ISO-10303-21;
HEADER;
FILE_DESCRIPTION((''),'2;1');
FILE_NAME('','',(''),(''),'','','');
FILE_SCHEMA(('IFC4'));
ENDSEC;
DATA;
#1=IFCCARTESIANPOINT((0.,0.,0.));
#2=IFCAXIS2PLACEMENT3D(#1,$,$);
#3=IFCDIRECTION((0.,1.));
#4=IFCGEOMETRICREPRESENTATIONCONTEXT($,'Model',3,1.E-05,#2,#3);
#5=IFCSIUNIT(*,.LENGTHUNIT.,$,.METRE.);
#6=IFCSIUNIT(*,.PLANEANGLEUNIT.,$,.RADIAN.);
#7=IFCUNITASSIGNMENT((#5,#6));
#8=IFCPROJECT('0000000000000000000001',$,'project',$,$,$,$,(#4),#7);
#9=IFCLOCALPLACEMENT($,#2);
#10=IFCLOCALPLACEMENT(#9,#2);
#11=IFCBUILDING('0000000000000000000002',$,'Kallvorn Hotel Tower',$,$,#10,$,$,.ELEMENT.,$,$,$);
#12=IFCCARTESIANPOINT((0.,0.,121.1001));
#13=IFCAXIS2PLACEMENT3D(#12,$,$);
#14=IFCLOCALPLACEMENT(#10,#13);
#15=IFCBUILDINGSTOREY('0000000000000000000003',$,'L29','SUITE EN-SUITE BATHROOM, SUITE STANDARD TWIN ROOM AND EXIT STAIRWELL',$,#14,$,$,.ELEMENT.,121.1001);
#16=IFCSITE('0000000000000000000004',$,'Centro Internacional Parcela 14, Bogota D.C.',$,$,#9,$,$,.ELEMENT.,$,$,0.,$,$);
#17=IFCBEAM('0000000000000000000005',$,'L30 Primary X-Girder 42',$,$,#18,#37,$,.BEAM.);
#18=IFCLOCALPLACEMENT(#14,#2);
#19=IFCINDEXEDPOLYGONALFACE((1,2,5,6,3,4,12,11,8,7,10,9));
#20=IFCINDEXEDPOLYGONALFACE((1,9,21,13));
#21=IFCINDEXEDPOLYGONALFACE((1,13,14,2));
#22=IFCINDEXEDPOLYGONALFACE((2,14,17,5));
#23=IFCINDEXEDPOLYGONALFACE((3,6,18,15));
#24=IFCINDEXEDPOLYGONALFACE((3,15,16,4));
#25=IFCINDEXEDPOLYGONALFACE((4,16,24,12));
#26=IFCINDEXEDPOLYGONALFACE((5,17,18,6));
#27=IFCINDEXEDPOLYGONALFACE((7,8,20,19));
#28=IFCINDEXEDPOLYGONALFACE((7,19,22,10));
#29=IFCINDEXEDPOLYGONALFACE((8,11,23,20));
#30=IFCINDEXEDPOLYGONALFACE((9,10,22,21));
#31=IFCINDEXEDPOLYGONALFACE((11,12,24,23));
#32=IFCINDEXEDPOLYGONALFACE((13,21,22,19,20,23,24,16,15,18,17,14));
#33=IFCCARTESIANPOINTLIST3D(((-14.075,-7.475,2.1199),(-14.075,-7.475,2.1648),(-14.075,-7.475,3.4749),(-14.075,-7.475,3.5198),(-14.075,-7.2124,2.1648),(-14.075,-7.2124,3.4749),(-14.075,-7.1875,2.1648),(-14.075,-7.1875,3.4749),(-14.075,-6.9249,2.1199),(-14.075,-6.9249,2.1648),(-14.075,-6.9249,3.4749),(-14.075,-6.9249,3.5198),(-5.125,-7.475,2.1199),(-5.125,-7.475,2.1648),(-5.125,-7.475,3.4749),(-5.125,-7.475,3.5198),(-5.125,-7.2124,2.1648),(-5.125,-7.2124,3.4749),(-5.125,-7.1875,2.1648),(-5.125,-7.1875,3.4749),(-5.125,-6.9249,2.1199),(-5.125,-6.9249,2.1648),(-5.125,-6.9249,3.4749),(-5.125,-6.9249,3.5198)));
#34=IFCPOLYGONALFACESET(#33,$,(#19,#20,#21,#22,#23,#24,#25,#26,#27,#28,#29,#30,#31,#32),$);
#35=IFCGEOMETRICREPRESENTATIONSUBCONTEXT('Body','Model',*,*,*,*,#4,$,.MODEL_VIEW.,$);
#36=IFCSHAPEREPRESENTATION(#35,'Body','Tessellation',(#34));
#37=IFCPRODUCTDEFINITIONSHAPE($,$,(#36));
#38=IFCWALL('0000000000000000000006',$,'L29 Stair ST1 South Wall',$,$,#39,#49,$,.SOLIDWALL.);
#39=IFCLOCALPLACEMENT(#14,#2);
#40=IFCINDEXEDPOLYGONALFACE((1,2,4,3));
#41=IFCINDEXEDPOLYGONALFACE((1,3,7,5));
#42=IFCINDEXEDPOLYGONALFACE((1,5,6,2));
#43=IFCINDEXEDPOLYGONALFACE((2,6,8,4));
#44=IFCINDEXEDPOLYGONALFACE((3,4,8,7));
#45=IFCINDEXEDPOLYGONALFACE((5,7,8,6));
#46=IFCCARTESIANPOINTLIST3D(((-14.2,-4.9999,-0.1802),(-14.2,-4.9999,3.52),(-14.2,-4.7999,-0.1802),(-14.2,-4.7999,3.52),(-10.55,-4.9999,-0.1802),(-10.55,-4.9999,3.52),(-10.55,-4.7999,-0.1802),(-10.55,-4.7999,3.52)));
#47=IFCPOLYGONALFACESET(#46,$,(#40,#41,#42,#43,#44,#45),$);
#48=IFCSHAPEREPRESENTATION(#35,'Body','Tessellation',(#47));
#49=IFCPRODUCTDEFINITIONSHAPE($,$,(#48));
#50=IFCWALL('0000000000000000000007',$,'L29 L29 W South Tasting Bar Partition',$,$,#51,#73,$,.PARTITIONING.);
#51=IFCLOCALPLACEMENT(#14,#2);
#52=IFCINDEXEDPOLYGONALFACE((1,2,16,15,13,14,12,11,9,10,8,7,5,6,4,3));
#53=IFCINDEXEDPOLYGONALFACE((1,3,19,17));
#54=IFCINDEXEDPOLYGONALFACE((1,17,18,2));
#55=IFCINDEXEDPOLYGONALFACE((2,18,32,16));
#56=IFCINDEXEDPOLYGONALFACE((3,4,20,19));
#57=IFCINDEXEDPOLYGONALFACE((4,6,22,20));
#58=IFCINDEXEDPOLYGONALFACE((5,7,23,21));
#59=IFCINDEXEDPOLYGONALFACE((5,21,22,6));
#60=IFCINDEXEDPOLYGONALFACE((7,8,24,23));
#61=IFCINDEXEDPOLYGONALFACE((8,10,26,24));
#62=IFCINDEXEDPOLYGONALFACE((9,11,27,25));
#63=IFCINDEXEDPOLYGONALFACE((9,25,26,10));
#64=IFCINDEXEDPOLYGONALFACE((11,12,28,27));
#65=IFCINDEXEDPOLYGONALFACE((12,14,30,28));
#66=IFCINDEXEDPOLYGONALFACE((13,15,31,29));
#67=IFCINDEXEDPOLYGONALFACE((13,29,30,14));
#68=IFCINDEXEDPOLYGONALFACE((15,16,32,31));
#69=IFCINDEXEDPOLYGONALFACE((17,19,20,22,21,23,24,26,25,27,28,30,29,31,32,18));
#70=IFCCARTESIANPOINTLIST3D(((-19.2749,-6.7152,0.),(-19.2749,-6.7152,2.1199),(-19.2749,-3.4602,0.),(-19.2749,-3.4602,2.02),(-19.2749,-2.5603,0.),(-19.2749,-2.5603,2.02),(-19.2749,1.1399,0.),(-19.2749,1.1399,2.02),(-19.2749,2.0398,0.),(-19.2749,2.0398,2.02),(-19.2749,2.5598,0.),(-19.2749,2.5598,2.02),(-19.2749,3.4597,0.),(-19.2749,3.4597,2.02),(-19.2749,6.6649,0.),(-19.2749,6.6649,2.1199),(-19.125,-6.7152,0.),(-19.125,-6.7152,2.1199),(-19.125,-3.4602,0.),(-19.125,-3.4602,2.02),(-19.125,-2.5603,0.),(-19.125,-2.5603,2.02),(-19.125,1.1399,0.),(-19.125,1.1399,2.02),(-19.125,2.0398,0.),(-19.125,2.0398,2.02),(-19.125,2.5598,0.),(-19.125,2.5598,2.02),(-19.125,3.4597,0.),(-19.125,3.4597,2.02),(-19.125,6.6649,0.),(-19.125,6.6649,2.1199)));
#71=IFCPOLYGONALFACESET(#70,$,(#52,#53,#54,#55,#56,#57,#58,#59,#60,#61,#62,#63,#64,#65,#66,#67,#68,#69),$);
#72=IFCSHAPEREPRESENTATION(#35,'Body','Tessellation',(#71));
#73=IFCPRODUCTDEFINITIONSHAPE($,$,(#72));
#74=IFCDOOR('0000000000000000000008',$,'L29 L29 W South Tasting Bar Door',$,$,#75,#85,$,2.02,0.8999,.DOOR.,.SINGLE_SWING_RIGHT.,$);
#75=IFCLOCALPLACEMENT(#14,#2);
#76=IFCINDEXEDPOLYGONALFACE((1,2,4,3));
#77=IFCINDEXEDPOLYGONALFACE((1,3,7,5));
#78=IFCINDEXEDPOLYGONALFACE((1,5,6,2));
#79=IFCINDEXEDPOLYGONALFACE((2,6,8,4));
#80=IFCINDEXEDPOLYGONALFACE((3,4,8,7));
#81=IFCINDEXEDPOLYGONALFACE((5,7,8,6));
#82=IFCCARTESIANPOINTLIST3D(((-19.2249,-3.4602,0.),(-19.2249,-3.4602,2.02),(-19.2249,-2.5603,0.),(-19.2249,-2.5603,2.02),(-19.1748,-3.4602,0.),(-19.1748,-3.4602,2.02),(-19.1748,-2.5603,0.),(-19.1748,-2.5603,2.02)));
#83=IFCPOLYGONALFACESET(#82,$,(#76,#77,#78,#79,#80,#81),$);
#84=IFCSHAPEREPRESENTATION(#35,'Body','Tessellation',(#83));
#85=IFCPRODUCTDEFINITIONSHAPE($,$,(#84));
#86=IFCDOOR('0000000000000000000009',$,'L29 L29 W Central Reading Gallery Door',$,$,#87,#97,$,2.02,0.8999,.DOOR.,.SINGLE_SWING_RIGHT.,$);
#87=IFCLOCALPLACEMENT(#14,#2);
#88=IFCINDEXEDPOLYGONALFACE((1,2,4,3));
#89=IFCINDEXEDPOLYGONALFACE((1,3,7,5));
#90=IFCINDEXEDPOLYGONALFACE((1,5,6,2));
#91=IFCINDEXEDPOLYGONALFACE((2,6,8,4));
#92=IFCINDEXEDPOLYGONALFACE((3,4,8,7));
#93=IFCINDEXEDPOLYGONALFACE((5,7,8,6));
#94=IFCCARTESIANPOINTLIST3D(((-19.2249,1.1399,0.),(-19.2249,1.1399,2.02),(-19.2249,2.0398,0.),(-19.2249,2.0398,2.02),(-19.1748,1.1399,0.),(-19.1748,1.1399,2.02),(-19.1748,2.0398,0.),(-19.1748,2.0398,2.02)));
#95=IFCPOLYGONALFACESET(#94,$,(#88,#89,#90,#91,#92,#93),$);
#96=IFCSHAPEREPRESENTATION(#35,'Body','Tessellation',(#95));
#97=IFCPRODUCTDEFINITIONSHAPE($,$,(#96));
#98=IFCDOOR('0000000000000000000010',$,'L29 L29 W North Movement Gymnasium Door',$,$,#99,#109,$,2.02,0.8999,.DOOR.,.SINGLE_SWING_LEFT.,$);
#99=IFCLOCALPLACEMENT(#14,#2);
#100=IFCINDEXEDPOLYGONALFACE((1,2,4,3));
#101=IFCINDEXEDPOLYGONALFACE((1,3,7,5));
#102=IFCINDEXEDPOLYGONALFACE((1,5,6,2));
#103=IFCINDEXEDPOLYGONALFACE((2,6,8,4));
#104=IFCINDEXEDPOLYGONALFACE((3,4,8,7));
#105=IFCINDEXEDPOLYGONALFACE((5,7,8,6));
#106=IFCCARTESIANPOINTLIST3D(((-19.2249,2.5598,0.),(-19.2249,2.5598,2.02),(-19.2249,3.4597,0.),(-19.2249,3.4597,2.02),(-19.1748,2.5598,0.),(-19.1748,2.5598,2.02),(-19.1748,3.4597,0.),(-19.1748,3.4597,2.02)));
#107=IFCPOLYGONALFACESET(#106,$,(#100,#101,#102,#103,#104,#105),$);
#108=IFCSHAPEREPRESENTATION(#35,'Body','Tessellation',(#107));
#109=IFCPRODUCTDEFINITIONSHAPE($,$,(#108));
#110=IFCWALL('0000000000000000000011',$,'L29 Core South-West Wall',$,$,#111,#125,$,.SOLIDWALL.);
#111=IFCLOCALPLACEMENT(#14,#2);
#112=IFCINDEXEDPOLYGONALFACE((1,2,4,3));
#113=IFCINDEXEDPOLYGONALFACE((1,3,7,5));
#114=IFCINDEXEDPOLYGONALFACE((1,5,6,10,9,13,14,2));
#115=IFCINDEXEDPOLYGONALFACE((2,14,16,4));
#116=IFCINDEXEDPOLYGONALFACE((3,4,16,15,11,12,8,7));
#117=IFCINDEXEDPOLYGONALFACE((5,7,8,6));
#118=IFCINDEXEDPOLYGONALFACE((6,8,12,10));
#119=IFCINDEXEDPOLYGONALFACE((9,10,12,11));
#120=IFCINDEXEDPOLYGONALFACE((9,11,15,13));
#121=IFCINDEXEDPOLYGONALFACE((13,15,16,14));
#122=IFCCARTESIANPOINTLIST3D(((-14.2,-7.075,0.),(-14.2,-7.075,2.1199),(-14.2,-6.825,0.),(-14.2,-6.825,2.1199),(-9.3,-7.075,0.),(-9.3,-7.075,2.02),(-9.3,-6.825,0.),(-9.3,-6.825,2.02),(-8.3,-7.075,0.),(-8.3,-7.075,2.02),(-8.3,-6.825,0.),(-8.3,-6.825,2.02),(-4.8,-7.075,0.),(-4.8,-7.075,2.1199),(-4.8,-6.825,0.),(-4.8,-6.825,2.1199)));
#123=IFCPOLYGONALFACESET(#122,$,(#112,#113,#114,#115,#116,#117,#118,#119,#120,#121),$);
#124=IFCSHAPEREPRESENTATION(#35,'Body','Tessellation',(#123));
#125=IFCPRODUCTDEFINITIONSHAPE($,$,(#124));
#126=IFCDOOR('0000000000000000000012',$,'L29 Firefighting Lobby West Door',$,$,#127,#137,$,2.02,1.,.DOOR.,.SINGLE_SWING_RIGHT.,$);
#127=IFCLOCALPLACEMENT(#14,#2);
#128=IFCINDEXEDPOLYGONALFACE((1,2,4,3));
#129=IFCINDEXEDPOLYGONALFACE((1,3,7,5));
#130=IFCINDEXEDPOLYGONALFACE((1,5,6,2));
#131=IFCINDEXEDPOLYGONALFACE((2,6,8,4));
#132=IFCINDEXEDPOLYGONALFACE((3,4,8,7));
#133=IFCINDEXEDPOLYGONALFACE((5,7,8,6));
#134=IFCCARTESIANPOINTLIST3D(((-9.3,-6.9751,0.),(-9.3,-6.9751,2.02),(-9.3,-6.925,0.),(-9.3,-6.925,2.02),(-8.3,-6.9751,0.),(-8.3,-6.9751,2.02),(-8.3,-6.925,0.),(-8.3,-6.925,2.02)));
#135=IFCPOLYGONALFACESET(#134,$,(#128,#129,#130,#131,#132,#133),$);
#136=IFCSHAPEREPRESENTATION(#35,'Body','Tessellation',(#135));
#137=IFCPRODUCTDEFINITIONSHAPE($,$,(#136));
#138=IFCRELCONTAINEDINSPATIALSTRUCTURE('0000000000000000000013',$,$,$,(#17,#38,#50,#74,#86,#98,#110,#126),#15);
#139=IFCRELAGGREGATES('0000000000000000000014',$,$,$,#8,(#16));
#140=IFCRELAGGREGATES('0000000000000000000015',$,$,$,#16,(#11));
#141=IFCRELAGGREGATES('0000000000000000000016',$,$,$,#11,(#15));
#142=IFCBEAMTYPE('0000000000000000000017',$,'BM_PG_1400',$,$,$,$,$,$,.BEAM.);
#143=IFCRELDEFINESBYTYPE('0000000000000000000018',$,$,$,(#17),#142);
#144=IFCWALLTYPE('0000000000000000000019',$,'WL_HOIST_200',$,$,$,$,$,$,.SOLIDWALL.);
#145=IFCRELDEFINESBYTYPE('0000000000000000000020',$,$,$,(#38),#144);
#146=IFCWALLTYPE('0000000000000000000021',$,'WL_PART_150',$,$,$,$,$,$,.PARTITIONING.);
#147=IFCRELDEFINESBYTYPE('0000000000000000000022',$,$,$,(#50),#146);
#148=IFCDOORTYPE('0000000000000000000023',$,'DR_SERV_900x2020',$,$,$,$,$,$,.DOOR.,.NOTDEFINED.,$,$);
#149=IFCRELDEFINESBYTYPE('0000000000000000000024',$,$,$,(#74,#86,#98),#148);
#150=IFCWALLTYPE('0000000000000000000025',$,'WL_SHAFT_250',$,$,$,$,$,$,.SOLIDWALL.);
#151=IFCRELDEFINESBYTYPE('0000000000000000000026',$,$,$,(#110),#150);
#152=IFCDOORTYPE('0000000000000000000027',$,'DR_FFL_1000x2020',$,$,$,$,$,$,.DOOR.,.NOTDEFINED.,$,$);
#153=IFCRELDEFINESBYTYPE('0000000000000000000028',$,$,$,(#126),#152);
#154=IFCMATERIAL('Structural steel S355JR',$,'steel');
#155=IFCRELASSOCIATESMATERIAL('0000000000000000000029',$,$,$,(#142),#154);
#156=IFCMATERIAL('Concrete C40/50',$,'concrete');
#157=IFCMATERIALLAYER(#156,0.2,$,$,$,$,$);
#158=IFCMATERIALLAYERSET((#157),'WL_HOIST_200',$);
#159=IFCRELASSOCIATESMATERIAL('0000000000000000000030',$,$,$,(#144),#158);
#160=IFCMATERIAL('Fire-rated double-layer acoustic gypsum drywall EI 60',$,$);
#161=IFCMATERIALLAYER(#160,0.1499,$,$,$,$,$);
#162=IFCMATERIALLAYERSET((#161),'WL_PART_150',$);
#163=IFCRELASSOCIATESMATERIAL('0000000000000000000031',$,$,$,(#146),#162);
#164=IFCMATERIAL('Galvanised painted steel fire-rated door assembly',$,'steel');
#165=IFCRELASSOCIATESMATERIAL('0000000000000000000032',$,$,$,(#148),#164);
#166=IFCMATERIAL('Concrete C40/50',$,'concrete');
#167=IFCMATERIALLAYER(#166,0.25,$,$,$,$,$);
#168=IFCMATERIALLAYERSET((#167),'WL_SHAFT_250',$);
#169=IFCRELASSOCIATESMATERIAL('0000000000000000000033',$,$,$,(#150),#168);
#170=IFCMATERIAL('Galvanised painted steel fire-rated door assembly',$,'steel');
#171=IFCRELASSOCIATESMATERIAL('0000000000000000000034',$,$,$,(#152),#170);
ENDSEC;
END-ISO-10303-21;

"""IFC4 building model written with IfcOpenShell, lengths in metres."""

from ifc_helpers import new_model, si_unit, direction, frame, frame_2d, origin, origin_2d, place, context, subcontext, project, spatial, rectangle, i_section, extrude, material, layer, layer_set, material_profile, profile_set, type_object, element, fill, save


model = new_model("IFC4")

# Units and contexts
model_context = context("Model", 3, precision=1e-05, world=origin(), true_north=direction((0.0, 1.0)))
body_context = subcontext(model_context, "Body", "Model", "MODEL_VIEW")
ifc_project = project(units=[si_unit("LENGTHUNIT", "METRE"), si_unit("PLANEANGLEUNIT", "RADIAN")], contexts=[model_context])

# Site, building, storey
site_placement = place(None, origin())
site = spatial("IfcSite", under=ifc_project, at=site_placement, Name="Centro Internacional Parcela 14, Bogota D.C.", CompositionType="ELEMENT", RefElevation=0.0)
building_placement = place(site_placement, origin())
building = spatial("IfcBuilding", under=site, at=building_placement, Name="Kallvorn Hotel Tower", CompositionType="ELEMENT")
storey_placement = place(building_placement, frame((0.0, 0.0, 121.1001)))
storey = spatial("IfcBuildingStorey", under=building, at=storey_placement, Name="L29", Description="SUITE EN-SUITE BATHROOM, SUITE STANDARD TWIN ROOM AND EXIT STAIRWELL", CompositionType="ELEMENT", Elevation=121.1001)

# Beam
ifc_material_1 = material(Name="Structural steel S355JR", Category="steel")
ifc_material_profile_1 = material_profile(ifc_material_1, i_section(OverallWidth=0.55, OverallDepth=1.3999, WebThickness=0.0249, FlangeThickness=0.0449, at=origin_2d()), Name="PG 1400x550x25x45")
ifc_profile_set_1 = profile_set([ifc_material_profile_1], Name="Structural steel S355JR")
beam_type_1 = type_object("IfcBeamType", Name="BM_PG_1400", PredefinedType="BEAM", material=ifc_profile_set_1)
beam_placement = place(storey_placement, frame((-14.075, -7.2, 2.8198), z_axis=(1.0, 0.0, 0.0), x_axis=(0.0, 1.0, 0.0)))
element("IfcBeam", 1, at=beam_placement, inside=storey, type_object=beam_type_1, Name="L30 Primary X-Girder 42", PredefinedType="BEAM", context=body_context, shape_type="SweptSolid", body=[
    extrude(i_section(OverallWidth=0.55, OverallDepth=1.3999, WebThickness=0.0249, FlangeThickness=0.0449, at=origin_2d()), origin(), (0.0, 0.0, 1.0), 8.95),
])

# Wall
ifc_material_2 = material(Name="Concrete C40/50", Category="concrete")
ifc_layer_1 = layer(ifc_material_2, 0.2)
ifc_layer_set_1 = layer_set([ifc_layer_1], Name="WL_HOIST_200")
wall_type_1 = type_object("IfcWallType", Name="WL_HOIST_200", PredefinedType="SOLIDWALL", material=ifc_layer_set_1)
wall_1_placement = place(storey_placement, frame((-14.2, -4.8999, -0.1802), z_axis=(0.0, 0.0, 1.0), x_axis=(1.0, 0.0, 0.0)))
element("IfcWall", 2, at=wall_1_placement, inside=storey, type_object=wall_type_1, Name="L29 Stair ST1 South Wall", PredefinedType="SOLIDWALL", context=body_context, shape_type="SweptSolid", body=[
    extrude(rectangle(XDim=3.6499, YDim=0.2, at=frame_2d((1.825, 0.0))), origin(), (0.0, 0.0, 1.0), 3.7002),
])

# Wall, openings, doors
ifc_material_3 = material(Name="Fire-rated double-layer acoustic gypsum drywall EI 60")
ifc_layer_2 = layer(ifc_material_3, 0.1499)
ifc_layer_set_2 = layer_set([ifc_layer_2], Name="WL_PART_150")
wall_type_2 = type_object("IfcWallType", Name="WL_PART_150", PredefinedType="PARTITIONING", material=ifc_layer_set_2)
wall_2_placement = place(storey_placement, frame((-19.2, -6.7151, 0.0), z_axis=(0.0, 0.0, 1.0), x_axis=(0.0, 1.0, 0.0)))
wall_2 = element("IfcWall", 3, at=wall_2_placement, inside=storey, type_object=wall_type_2, Name="L29 L29 W South Tasting Bar Partition", PredefinedType="PARTITIONING", context=body_context, shape_type="SweptSolid", body=[
    extrude(rectangle(XDim=13.3801, YDim=0.1499, at=frame_2d((6.6899, 0.0))), origin(), (0.0, 0.0, 1.0), 2.1199),
])
opening_1_placement = place(wall_2_placement, frame((3.2549, 0.0, 0.0)))
opening_1 = element("IfcOpeningElement", 4, at=opening_1_placement, cuts=wall_2, PredefinedType="OPENING", context=body_context, shape_type="SweptSolid", body=[
    extrude(rectangle(XDim=0.8999, YDim=2.02, at=frame_2d((0.45, 1.01))), frame((0.0, 0.0898, 0.0), z_axis=(0.0, -1.0, 0.0), x_axis=(1.0, 0.0, 0.0)), (0.0, 0.0, 1.0), 0.1799),
])
opening_2_placement = place(wall_2_placement, frame((7.855, 0.0, 0.0)))
opening_2 = element("IfcOpeningElement", 5, at=opening_2_placement, cuts=wall_2, PredefinedType="OPENING", context=body_context, shape_type="SweptSolid", body=[
    extrude(rectangle(XDim=0.8999, YDim=2.02, at=frame_2d((0.45, 1.01))), frame((0.0, 0.0898, 0.0), z_axis=(0.0, -1.0, 0.0), x_axis=(1.0, 0.0, 0.0)), (0.0, 0.0, 1.0), 0.1799),
])
opening_3_placement = place(wall_2_placement, frame((9.2749, 0.0, 0.0)))
opening_3 = element("IfcOpeningElement", 6, at=opening_3_placement, cuts=wall_2, PredefinedType="OPENING", context=body_context, shape_type="SweptSolid", body=[
    extrude(rectangle(XDim=0.8999, YDim=2.02, at=frame_2d((0.45, 1.01))), frame((0.0, 0.0898, 0.0), z_axis=(0.0, -1.0, 0.0), x_axis=(1.0, 0.0, 0.0)), (0.0, 0.0, 1.0), 0.1799),
])
ifc_material_4 = material(Name="Galvanised painted steel fire-rated door assembly", Category="steel")
door_type_1 = type_object("IfcDoorType", Name="DR_SERV_900x2020", OperationType="NOTDEFINED", PredefinedType="DOOR", material=ifc_material_4)
door_1_placement = place(opening_1_placement, origin())
door_1 = element("IfcDoor", 7, at=door_1_placement, inside=storey, type_object=door_type_1, Name="L29 L29 W South Tasting Bar Door", OperationType="SINGLE_SWING_RIGHT", OverallHeight=2.02, OverallWidth=0.8999, PredefinedType="DOOR", context=body_context, shape_type="SweptSolid", body=[
    extrude(rectangle(XDim=0.8999, YDim=2.02, at=frame_2d((0.45, 1.01))), frame((0.0, 0.0249, 0.0), z_axis=(0.0, -1.0, 0.0), x_axis=(1.0, 0.0, 0.0)), (0.0, 0.0, 1.0), 0.05),
])
fill(opening_1, door_1)
door_2_placement = place(opening_2_placement, origin())
door_2 = element("IfcDoor", 8, at=door_2_placement, inside=storey, type_object=door_type_1, Name="L29 L29 W Central Reading Gallery Door", OperationType="SINGLE_SWING_RIGHT", OverallHeight=2.02, OverallWidth=0.8999, PredefinedType="DOOR", context=body_context, shape_type="SweptSolid", body=[
    extrude(rectangle(XDim=0.8999, YDim=2.02, at=frame_2d((0.45, 1.01))), frame((0.0, 0.0249, 0.0), z_axis=(0.0, -1.0, 0.0), x_axis=(1.0, 0.0, 0.0)), (0.0, 0.0, 1.0), 0.05),
])
fill(opening_2, door_2)
door_3_placement = place(opening_3_placement, origin())
door_3 = element("IfcDoor", 9, at=door_3_placement, inside=storey, type_object=door_type_1, Name="L29 L29 W North Movement Gymnasium Door", OperationType="SINGLE_SWING_LEFT", OverallHeight=2.02, OverallWidth=0.8999, PredefinedType="DOOR", context=body_context, shape_type="SweptSolid", body=[
    extrude(rectangle(XDim=0.8999, YDim=2.02, at=frame_2d((0.45, 1.01))), frame((0.0, 0.0249, 0.0), z_axis=(0.0, -1.0, 0.0), x_axis=(1.0, 0.0, 0.0)), (0.0, 0.0, 1.0), 0.05),
])
fill(opening_3, door_3)

# Wall, opening, door
ifc_material_5 = material(Name="Concrete C40/50", Category="concrete")
ifc_layer_3 = layer(ifc_material_5, 0.25)
ifc_layer_set_3 = layer_set([ifc_layer_3], Name="WL_SHAFT_250")
wall_type_3 = type_object("IfcWallType", Name="WL_SHAFT_250", PredefinedType="SOLIDWALL", material=ifc_layer_set_3)
wall_3_placement = place(storey_placement, frame((-14.2, -6.95, 0.0), z_axis=(0.0, 0.0, 1.0), x_axis=(1.0, 0.0, 0.0)))
wall_3 = element("IfcWall", 10, at=wall_3_placement, inside=storey, type_object=wall_type_3, Name="L29 Core South-West Wall", PredefinedType="SOLIDWALL", context=body_context, shape_type="SweptSolid", body=[
    extrude(rectangle(XDim=9.3999, YDim=0.25, at=frame_2d((4.7, 0.0))), origin(), (0.0, 0.0, 1.0), 2.1199),
])
opening_4_placement = place(wall_3_placement, frame((4.8999, 0.0, 0.0)))
opening_4 = element("IfcOpeningElement", 11, at=opening_4_placement, cuts=wall_3, PredefinedType="OPENING", context=body_context, shape_type="SweptSolid", body=[
    extrude(rectangle(XDim=1.0, YDim=2.02, at=frame_2d((0.5, 1.01))), frame((0.0, 0.1399, 0.0), z_axis=(0.0, -1.0, 0.0), x_axis=(1.0, 0.0, 0.0)), (0.0, 0.0, 1.0), 0.28),
])
ifc_material_6 = material(Name="Galvanised painted steel fire-rated door assembly", Category="steel")
door_type_2 = type_object("IfcDoorType", Name="DR_FFL_1000x2020", OperationType="NOTDEFINED", PredefinedType="DOOR", material=ifc_material_6)
door_4_placement = place(opening_4_placement, origin())
door_4 = element("IfcDoor", 12, at=door_4_placement, inside=storey, type_object=door_type_2, Name="L29 Firefighting Lobby West Door", OperationType="SINGLE_SWING_RIGHT", OverallHeight=2.02, OverallWidth=1.0, PredefinedType="DOOR", context=body_context, shape_type="SweptSolid", body=[
    extrude(rectangle(XDim=1.0, YDim=2.02, at=frame_2d((0.5, 1.01))), frame((0.0, 0.0249, 0.0), z_axis=(0.0, -1.0, 0.0), x_axis=(1.0, 0.0, 0.0)), (0.0, 0.0, 1.0), 0.05),
])
fill(opening_4, door_4)

save(model, "model.ifc")
